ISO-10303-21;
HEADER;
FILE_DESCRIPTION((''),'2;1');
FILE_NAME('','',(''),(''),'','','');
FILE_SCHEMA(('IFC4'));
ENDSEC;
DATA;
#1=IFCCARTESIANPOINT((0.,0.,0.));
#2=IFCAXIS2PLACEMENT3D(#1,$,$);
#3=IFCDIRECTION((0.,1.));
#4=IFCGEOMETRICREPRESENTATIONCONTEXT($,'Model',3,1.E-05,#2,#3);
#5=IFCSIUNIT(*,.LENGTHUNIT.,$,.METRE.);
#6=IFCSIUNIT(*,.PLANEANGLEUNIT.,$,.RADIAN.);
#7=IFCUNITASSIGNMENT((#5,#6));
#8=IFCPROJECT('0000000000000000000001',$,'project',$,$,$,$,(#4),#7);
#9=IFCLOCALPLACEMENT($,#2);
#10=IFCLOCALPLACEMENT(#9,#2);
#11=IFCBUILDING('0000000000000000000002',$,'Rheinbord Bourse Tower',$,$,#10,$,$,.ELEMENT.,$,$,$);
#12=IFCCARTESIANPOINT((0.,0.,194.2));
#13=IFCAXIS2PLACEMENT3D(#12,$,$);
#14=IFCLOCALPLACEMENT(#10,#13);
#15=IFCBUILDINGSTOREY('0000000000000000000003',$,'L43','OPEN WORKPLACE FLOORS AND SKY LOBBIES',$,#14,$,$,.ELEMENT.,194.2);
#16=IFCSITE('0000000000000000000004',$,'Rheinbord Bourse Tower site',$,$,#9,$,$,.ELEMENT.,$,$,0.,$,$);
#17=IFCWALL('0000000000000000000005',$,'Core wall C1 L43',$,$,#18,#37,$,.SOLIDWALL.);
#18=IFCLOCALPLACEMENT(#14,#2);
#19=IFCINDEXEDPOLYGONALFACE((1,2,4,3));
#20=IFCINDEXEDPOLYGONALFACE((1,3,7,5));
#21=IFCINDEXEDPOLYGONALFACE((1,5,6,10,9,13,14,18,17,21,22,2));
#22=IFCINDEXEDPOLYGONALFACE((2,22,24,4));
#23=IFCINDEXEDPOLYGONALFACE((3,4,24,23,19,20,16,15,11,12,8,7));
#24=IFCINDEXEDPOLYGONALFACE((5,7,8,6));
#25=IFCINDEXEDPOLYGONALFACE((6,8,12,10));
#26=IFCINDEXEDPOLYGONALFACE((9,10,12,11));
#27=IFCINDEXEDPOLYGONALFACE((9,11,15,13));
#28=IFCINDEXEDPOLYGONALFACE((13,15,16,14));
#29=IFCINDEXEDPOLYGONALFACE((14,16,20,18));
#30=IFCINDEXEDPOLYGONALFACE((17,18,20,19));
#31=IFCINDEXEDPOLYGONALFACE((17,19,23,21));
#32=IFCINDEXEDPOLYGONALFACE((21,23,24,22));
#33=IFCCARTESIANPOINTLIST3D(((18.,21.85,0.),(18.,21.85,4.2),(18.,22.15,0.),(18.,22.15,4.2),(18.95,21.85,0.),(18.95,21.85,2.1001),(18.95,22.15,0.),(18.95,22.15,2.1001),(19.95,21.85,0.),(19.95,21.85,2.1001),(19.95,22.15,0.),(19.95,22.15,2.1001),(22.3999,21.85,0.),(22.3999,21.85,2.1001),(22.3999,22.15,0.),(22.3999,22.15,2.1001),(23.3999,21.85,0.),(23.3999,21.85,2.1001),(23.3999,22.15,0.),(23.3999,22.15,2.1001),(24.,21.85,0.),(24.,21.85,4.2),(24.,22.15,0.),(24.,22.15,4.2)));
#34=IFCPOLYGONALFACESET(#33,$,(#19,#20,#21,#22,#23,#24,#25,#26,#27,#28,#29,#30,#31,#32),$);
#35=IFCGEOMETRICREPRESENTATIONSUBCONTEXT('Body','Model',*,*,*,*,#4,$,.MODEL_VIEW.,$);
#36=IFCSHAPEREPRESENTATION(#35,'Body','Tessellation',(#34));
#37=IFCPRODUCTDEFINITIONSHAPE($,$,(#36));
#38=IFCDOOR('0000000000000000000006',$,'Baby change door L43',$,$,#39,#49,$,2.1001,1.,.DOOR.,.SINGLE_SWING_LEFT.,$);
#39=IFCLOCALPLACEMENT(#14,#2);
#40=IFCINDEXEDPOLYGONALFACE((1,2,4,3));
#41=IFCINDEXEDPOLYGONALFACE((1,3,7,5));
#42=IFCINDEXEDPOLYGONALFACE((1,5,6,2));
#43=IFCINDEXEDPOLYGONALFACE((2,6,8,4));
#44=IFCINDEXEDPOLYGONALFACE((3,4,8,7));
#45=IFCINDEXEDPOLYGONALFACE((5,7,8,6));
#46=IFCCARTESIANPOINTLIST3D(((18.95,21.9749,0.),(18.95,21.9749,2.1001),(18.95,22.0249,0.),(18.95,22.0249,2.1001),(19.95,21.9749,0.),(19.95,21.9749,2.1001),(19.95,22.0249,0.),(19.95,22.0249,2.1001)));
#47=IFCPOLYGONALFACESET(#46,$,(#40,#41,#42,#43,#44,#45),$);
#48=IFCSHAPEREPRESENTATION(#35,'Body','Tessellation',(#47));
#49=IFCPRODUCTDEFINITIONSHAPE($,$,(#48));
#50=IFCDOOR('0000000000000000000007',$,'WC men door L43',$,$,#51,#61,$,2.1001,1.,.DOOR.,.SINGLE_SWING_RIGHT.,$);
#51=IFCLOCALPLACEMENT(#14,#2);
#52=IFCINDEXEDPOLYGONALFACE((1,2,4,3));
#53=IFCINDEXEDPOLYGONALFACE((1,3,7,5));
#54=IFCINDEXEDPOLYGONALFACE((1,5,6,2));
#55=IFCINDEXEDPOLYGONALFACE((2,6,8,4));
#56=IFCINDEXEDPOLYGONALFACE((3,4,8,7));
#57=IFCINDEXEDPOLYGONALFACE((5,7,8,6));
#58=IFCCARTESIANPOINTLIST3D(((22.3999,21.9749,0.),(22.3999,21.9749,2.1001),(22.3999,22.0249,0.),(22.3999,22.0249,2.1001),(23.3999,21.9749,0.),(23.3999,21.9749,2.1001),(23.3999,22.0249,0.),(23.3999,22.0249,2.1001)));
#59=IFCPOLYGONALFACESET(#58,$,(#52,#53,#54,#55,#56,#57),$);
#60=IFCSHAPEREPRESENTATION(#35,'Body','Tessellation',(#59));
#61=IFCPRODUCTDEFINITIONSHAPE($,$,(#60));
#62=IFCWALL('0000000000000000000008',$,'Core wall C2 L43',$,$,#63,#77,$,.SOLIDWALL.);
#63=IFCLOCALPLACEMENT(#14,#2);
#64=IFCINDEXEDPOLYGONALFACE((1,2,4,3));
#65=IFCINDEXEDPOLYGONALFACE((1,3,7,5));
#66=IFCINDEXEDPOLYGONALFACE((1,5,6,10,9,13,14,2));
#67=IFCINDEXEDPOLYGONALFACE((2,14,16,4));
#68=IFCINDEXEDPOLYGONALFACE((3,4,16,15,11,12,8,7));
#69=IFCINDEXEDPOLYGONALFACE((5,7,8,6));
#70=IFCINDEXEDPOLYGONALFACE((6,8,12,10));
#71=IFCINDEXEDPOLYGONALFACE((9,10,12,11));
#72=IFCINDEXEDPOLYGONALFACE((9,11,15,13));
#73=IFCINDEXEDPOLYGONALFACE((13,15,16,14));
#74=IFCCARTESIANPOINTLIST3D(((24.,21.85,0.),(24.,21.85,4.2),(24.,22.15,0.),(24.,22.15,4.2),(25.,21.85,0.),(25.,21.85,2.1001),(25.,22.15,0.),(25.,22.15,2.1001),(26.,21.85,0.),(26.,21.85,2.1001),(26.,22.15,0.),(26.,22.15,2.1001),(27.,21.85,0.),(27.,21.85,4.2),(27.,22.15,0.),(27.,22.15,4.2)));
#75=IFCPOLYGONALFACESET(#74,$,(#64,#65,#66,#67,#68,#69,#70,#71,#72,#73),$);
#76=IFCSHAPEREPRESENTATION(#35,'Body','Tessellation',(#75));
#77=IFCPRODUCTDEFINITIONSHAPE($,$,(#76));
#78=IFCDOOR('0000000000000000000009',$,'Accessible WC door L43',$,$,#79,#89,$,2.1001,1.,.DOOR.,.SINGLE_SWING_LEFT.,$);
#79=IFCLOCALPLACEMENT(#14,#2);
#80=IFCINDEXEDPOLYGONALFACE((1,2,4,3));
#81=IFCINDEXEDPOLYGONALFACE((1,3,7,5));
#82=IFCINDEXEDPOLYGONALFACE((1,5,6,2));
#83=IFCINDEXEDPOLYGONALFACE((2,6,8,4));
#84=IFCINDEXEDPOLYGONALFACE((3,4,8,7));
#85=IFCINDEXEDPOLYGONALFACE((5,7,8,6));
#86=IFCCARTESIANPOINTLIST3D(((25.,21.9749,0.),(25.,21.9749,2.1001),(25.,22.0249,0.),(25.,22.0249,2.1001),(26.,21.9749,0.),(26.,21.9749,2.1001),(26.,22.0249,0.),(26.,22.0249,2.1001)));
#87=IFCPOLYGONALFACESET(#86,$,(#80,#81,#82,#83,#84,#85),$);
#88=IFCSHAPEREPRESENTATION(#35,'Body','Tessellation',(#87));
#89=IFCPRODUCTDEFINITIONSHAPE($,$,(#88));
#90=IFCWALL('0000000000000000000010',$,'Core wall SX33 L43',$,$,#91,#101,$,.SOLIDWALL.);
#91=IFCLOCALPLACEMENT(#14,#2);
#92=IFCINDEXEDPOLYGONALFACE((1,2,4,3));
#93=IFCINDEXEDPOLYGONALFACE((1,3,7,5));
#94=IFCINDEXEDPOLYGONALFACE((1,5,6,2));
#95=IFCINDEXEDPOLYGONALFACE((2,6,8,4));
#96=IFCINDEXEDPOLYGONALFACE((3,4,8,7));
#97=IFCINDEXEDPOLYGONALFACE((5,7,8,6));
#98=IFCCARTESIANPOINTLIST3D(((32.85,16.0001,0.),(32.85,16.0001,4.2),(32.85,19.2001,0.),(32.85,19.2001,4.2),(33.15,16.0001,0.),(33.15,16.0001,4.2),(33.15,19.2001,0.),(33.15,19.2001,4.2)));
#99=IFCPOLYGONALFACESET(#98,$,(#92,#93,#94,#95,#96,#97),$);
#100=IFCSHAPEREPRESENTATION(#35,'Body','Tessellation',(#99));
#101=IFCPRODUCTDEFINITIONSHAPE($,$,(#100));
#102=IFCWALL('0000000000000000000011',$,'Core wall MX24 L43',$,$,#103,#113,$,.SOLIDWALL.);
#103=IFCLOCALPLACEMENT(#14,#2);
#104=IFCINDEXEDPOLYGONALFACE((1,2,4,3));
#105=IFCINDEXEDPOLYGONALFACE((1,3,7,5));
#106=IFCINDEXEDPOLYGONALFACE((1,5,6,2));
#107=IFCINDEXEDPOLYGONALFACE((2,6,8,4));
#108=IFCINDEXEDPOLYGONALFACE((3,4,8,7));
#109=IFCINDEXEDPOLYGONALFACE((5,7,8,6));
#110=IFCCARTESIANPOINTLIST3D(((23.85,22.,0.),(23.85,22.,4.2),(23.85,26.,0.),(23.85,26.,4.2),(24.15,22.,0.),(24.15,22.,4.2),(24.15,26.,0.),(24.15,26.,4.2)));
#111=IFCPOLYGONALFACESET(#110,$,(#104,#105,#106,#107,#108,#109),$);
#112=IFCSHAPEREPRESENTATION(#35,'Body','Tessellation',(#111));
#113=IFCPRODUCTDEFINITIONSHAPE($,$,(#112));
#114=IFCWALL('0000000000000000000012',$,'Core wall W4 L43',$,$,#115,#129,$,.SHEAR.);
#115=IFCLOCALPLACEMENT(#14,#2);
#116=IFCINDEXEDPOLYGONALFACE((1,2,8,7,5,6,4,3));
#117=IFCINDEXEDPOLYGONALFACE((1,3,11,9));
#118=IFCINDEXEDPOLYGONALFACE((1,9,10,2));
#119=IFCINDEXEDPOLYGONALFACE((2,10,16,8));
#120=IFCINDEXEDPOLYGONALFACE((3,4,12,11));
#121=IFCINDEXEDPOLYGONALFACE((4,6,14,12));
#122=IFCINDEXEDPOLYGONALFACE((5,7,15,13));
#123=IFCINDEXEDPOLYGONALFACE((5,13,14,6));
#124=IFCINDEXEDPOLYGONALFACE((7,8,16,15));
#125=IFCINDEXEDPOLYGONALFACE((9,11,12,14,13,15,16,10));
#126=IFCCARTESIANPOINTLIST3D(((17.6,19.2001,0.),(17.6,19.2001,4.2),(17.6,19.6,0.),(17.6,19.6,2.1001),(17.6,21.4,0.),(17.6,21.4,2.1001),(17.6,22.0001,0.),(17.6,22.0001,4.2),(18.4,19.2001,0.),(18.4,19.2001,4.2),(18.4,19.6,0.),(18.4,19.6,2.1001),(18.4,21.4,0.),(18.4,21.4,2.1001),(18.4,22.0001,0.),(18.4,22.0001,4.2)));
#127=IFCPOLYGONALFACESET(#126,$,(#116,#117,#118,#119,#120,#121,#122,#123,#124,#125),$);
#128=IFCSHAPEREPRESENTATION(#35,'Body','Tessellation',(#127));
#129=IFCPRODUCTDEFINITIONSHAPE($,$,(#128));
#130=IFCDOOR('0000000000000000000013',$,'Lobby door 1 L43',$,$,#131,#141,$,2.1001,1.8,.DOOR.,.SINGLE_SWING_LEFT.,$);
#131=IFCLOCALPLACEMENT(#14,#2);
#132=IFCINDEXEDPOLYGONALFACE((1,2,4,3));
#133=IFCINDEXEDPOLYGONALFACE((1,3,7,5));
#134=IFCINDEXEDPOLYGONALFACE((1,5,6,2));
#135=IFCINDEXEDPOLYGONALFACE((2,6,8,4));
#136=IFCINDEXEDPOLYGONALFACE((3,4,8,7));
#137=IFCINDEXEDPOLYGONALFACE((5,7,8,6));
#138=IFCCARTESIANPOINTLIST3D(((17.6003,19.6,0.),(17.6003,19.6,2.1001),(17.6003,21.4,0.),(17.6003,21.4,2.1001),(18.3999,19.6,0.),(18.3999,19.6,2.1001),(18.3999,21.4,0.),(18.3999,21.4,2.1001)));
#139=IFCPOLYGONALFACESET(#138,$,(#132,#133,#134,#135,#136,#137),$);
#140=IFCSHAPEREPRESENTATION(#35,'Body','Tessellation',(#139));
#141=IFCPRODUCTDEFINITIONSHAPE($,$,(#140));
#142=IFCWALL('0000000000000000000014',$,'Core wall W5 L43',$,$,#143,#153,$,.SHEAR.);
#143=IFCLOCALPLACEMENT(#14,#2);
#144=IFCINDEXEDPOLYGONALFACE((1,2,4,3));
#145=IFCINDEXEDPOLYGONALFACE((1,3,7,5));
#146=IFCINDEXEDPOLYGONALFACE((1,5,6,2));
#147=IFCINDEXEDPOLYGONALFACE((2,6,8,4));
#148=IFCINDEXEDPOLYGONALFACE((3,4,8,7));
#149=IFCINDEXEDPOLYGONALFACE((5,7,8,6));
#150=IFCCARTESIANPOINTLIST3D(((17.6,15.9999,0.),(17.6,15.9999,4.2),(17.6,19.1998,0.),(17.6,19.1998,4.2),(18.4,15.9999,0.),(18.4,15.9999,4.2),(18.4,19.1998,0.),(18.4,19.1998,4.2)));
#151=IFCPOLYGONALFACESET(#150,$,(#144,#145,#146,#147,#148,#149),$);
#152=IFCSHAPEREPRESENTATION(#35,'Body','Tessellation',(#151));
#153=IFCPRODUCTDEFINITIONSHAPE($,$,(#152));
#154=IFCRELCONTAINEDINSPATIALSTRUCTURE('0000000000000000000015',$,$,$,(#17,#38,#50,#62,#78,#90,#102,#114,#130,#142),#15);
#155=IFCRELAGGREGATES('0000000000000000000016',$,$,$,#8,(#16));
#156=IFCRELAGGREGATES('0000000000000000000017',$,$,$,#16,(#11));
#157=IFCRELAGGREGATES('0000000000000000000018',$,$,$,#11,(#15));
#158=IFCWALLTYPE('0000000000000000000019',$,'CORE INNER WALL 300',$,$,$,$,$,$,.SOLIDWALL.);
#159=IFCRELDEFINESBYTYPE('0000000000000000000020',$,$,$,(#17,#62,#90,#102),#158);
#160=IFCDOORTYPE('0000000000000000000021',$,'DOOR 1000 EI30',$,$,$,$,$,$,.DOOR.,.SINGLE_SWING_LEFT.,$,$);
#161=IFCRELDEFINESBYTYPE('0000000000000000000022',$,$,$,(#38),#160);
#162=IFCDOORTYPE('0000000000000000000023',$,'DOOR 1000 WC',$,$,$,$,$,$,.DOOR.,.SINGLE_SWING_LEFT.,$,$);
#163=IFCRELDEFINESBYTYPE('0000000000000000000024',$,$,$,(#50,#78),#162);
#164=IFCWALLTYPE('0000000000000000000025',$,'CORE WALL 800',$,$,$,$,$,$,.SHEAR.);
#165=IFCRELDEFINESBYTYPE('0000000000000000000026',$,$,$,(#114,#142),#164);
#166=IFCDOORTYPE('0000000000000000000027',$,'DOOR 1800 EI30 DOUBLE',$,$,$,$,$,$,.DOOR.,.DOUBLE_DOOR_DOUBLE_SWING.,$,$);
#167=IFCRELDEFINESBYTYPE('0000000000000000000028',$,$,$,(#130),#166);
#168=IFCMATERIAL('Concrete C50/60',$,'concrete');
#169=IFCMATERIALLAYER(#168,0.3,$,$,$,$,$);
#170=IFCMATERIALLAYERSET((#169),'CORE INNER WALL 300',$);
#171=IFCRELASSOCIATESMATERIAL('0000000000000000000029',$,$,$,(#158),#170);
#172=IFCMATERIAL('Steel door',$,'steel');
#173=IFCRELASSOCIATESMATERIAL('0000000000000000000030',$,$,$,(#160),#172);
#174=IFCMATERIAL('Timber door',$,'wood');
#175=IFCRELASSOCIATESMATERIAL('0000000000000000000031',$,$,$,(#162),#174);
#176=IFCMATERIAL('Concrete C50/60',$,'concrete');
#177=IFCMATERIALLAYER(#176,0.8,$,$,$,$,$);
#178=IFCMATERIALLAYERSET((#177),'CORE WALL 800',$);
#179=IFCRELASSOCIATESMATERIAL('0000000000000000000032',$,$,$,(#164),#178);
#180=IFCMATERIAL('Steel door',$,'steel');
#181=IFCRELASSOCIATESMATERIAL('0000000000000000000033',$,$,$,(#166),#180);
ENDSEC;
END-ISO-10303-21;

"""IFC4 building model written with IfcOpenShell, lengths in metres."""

from ifc_helpers import new_model, si_unit, direction, frame, frame_2d, origin, place, context, subcontext, project, spatial, rectangle, extrude, material, layer, layer_set, type_object, element, fill, save


model = new_model("IFC4")

# Units and contexts
model_context = context("Model", 3, precision=1e-05, world=origin(), true_north=direction((0.0, 1.0)))
body_context = subcontext(model_context, "Body", "Model", "MODEL_VIEW")
ifc_project = project(units=[si_unit("LENGTHUNIT", "METRE"), si_unit("PLANEANGLEUNIT", "RADIAN")], contexts=[model_context])

# Site, building, storey
site_placement = place(None, origin())
site = spatial("IfcSite", under=ifc_project, at=site_placement, Name="Rheinbord Bourse Tower site", CompositionType="ELEMENT", RefElevation=0.0)
building_placement = place(site_placement, origin())
building = spatial("IfcBuilding", under=site, at=building_placement, Name="Rheinbord Bourse Tower", CompositionType="ELEMENT")
storey_placement = place(building_placement, frame((0.0, 0.0, 194.2)))
storey = spatial("IfcBuildingStorey", under=building, at=storey_placement, Name="L43", Description="OPEN WORKPLACE FLOORS AND SKY LOBBIES", CompositionType="ELEMENT", Elevation=194.2)

# Shared definitions
ifc_material_1 = material(Name="Concrete C50/60", Category="concrete")
ifc_layer_1 = layer(ifc_material_1, 0.3)
ifc_layer_set_1 = layer_set([ifc_layer_1], Name="CORE INNER WALL 300")
wall_type_1 = type_object("IfcWallType", Name="CORE INNER WALL 300", PredefinedType="SOLIDWALL", material=ifc_layer_set_1)
ifc_material_2 = material(Name="Steel door", Category="steel")
door_type_1 = type_object("IfcDoorType", Name="DOOR 1000 EI30", OperationType="SINGLE_SWING_LEFT", PredefinedType="DOOR", material=ifc_material_2)

# Wall, openings, doors
wall_1_placement = place(storey_placement, frame((18.0, 22.0, 0.0), z_axis=(0.0, 0.0, 1.0), x_axis=(1.0, 0.0, 0.0)))
wall_1 = element("IfcWall", 1, at=wall_1_placement, inside=storey, type_object=wall_type_1, Name="Core wall C1 L43", PredefinedType="SOLIDWALL", context=body_context, shape_type="SweptSolid", body=[
    extrude(rectangle(XDim=6.0, YDim=0.3, at=frame_2d((3.0, 0.0))), origin(), (0.0, 0.0, 1.0), 4.2),
])
opening_1_placement = place(wall_1_placement, frame((4.3999, 0.0, 0.0)))
opening_1 = element("IfcOpeningElement", 2, at=opening_1_placement, cuts=wall_1, PredefinedType="OPENING", context=body_context, shape_type="SweptSolid", body=[
    extrude(rectangle(XDim=1.0, YDim=2.1001, at=frame_2d((0.5, 1.05))), frame((0.0, 0.1599, 0.0), z_axis=(0.0, -1.0, 0.0), x_axis=(1.0, 0.0, 0.0)), (0.0, 0.0, 1.0), 0.3201),
])
opening_2_placement = place(wall_1_placement, frame((0.95, 0.0, 0.0)))
opening_2 = element("IfcOpeningElement", 3, at=opening_2_placement, cuts=wall_1, PredefinedType="OPENING", context=body_context, shape_type="SweptSolid", body=[
    extrude(rectangle(XDim=1.0, YDim=2.1001, at=frame_2d((0.5, 1.05))), frame((0.0, 0.1599, 0.0), z_axis=(0.0, -1.0, 0.0), x_axis=(1.0, 0.0, 0.0)), (0.0, 0.0, 1.0), 0.3201),
])
door_1_placement = place(opening_2_placement, origin())
door_1 = element("IfcDoor", 4, at=door_1_placement, inside=storey, type_object=door_type_1, Name="Baby change door L43", OperationType="SINGLE_SWING_LEFT", OverallHeight=2.1001, OverallWidth=1.0, PredefinedType="DOOR", context=body_context, shape_type="SweptSolid", body=[
    extrude(rectangle(XDim=1.0, YDim=2.1001, at=frame_2d((0.5, 1.05))), frame((0.0, 0.0249, 0.0), z_axis=(0.0, -1.0, 0.0), x_axis=(1.0, 0.0, 0.0)), (0.0, 0.0, 1.0), 0.05),
])
fill(opening_2, door_1)
ifc_material_3 = material(Name="Timber door", Category="wood")
door_type_2 = type_object("IfcDoorType", Name="DOOR 1000 WC", OperationType="SINGLE_SWING_LEFT", PredefinedType="DOOR", material=ifc_material_3)
door_2_placement = place(opening_1_placement, origin())
door_2 = element("IfcDoor", 5, at=door_2_placement, inside=storey, type_object=door_type_2, Name="WC men door L43", OperationType="SINGLE_SWING_RIGHT", OverallHeight=2.1001, OverallWidth=1.0, PredefinedType="DOOR", context=body_context, shape_type="SweptSolid", body=[
    extrude(rectangle(XDim=1.0, YDim=2.1001, at=frame_2d((0.5, 1.05))), frame((0.0, 0.0249, 0.0), z_axis=(0.0, -1.0, 0.0), x_axis=(1.0, 0.0, 0.0)), (0.0, 0.0, 1.0), 0.05),
])
fill(opening_1, door_2)

# Wall, opening, door
wall_2_placement = place(storey_placement, frame((24.0, 22.0, 0.0), z_axis=(0.0, 0.0, 1.0), x_axis=(1.0, 0.0, 0.0)))
wall_2 = element("IfcWall", 6, at=wall_2_placement, inside=storey, type_object=wall_type_1, Name="Core wall C2 L43", PredefinedType="SOLIDWALL", context=body_context, shape_type="SweptSolid", body=[
    extrude(rectangle(XDim=3.0, YDim=0.3, at=frame_2d((1.5, 0.0))), origin(), (0.0, 0.0, 1.0), 4.2),
])
opening_3_placement = place(wall_2_placement, frame((1.0, 0.0, 0.0)))
opening_3 = element("IfcOpeningElement", 7, at=opening_3_placement, cuts=wall_2, PredefinedType="OPENING", context=body_context, shape_type="SweptSolid", body=[
    extrude(rectangle(XDim=1.0, YDim=2.1001, at=frame_2d((0.5, 1.05))), frame((0.0, 0.1599, 0.0), z_axis=(0.0, -1.0, 0.0), x_axis=(1.0, 0.0, 0.0)), (0.0, 0.0, 1.0), 0.3201),
])
door_3_placement = place(opening_3_placement, origin())
door_3 = element("IfcDoor", 8, at=door_3_placement, inside=storey, type_object=door_type_2, Name="Accessible WC door L43", OperationType="SINGLE_SWING_LEFT", OverallHeight=2.1001, OverallWidth=1.0, PredefinedType="DOOR", context=body_context, shape_type="SweptSolid", body=[
    extrude(rectangle(XDim=1.0, YDim=2.1001, at=frame_2d((0.5, 1.05))), frame((0.0, 0.0249, 0.0), z_axis=(0.0, -1.0, 0.0), x_axis=(1.0, 0.0, 0.0)), (0.0, 0.0, 1.0), 0.05),
])
fill(opening_3, door_3)

# Walls
wall_3_placement = place(storey_placement, frame((33.0, 16.0, 0.0), z_axis=(0.0, 0.0, 1.0), x_axis=(0.0, 1.0, 0.0)))
element("IfcWall", 9, at=wall_3_placement, inside=storey, type_object=wall_type_1, Name="Core wall SX33 L43", PredefinedType="SOLIDWALL", context=body_context, shape_type="SweptSolid", body=[
    extrude(rectangle(XDim=3.2, YDim=0.3, at=frame_2d((1.6001, 0.0))), origin(), (0.0, 0.0, 1.0), 4.2),
])
wall_4_placement = place(storey_placement, frame((24.0, 22.0, 0.0), z_axis=(0.0, 0.0, 1.0), x_axis=(0.0, 1.0, 0.0)))
element("IfcWall", 10, at=wall_4_placement, inside=storey, type_object=wall_type_1, Name="Core wall MX24 L43", PredefinedType="SOLIDWALL", context=body_context, shape_type="SweptSolid", body=[
    extrude(rectangle(XDim=4.0, YDim=0.3, at=frame_2d((2.0, 0.0))), origin(), (0.0, 0.0, 1.0), 4.2),
])

# Wall, opening, door
ifc_material_4 = material(Name="Concrete C50/60", Category="concrete")
ifc_layer_2 = layer(ifc_material_4, 0.8)
ifc_layer_set_2 = layer_set([ifc_layer_2], Name="CORE WALL 800")
wall_type_2 = type_object("IfcWallType", Name="CORE WALL 800", PredefinedType="SHEAR", material=ifc_layer_set_2)
wall_5_placement = place(storey_placement, frame((18.0, 22.0, 0.0), z_axis=(0.0, 0.0, 1.0), x_axis=(0.0, -1.0, 0.0)))
wall_5 = element("IfcWall", 11, at=wall_5_placement, inside=storey, type_object=wall_type_2, Name="Core wall W4 L43", PredefinedType="SHEAR", context=body_context, shape_type="SweptSolid", body=[
    extrude(rectangle(XDim=2.8, YDim=0.8, at=frame_2d((1.3999, 0.0))), origin(), (0.0, 0.0, 1.0), 4.2),
])
opening_4_placement = place(wall_5_placement, frame((0.6001, 0.0, 0.0)))
opening_4 = element("IfcOpeningElement", 12, at=opening_4_placement, cuts=wall_5, PredefinedType="OPENING", context=body_context, shape_type="SweptSolid", body=[
    extrude(rectangle(XDim=1.8, YDim=2.1001, at=frame_2d((0.8999, 1.05))), frame((0.0, 0.4099, 0.0), z_axis=(0.0, -1.0, 0.0), x_axis=(1.0, 0.0, 0.0)), (0.0, 0.0, 1.0), 0.8201),
])
ifc_material_5 = material(Name="Steel door", Category="steel")
door_type_3 = type_object("IfcDoorType", Name="DOOR 1800 EI30 DOUBLE", OperationType="DOUBLE_DOOR_DOUBLE_SWING", PredefinedType="DOOR", material=ifc_material_5)
door_4_placement = place(opening_4_placement, origin())
door_4 = element("IfcDoor", 13, at=door_4_placement, inside=storey, type_object=door_type_3, Name="Lobby door 1 L43", OperationType="SINGLE_SWING_LEFT", OverallHeight=2.1001, OverallWidth=1.8, PredefinedType="DOOR", context=body_context, shape_type="SweptSolid", body=[
    extrude(rectangle(XDim=1.8, YDim=2.1001, at=frame_2d((0.8999, 1.05))), frame((0.0, 0.3999, 0.0), z_axis=(0.0, -1.0, 0.0), x_axis=(1.0, 0.0, 0.0)), (0.0, 0.0, 1.0), 0.7996),
])
fill(opening_4, door_4)

# Wall
wall_6_placement = place(storey_placement, frame((18.0, 19.2, 0.0), z_axis=(0.0, 0.0, 1.0), x_axis=(0.0, -1.0, 0.0)))
element("IfcWall", 14, at=wall_6_placement, inside=storey, type_object=wall_type_2, Name="Core wall W5 L43", PredefinedType="SHEAR", context=body_context, shape_type="SweptSolid", body=[
    extrude(rectangle(XDim=3.2, YDim=0.8, at=frame_2d((1.6001, 0.0))), origin(), (0.0, 0.0, 1.0), 4.2),
])

save(model, "model.ifc")
